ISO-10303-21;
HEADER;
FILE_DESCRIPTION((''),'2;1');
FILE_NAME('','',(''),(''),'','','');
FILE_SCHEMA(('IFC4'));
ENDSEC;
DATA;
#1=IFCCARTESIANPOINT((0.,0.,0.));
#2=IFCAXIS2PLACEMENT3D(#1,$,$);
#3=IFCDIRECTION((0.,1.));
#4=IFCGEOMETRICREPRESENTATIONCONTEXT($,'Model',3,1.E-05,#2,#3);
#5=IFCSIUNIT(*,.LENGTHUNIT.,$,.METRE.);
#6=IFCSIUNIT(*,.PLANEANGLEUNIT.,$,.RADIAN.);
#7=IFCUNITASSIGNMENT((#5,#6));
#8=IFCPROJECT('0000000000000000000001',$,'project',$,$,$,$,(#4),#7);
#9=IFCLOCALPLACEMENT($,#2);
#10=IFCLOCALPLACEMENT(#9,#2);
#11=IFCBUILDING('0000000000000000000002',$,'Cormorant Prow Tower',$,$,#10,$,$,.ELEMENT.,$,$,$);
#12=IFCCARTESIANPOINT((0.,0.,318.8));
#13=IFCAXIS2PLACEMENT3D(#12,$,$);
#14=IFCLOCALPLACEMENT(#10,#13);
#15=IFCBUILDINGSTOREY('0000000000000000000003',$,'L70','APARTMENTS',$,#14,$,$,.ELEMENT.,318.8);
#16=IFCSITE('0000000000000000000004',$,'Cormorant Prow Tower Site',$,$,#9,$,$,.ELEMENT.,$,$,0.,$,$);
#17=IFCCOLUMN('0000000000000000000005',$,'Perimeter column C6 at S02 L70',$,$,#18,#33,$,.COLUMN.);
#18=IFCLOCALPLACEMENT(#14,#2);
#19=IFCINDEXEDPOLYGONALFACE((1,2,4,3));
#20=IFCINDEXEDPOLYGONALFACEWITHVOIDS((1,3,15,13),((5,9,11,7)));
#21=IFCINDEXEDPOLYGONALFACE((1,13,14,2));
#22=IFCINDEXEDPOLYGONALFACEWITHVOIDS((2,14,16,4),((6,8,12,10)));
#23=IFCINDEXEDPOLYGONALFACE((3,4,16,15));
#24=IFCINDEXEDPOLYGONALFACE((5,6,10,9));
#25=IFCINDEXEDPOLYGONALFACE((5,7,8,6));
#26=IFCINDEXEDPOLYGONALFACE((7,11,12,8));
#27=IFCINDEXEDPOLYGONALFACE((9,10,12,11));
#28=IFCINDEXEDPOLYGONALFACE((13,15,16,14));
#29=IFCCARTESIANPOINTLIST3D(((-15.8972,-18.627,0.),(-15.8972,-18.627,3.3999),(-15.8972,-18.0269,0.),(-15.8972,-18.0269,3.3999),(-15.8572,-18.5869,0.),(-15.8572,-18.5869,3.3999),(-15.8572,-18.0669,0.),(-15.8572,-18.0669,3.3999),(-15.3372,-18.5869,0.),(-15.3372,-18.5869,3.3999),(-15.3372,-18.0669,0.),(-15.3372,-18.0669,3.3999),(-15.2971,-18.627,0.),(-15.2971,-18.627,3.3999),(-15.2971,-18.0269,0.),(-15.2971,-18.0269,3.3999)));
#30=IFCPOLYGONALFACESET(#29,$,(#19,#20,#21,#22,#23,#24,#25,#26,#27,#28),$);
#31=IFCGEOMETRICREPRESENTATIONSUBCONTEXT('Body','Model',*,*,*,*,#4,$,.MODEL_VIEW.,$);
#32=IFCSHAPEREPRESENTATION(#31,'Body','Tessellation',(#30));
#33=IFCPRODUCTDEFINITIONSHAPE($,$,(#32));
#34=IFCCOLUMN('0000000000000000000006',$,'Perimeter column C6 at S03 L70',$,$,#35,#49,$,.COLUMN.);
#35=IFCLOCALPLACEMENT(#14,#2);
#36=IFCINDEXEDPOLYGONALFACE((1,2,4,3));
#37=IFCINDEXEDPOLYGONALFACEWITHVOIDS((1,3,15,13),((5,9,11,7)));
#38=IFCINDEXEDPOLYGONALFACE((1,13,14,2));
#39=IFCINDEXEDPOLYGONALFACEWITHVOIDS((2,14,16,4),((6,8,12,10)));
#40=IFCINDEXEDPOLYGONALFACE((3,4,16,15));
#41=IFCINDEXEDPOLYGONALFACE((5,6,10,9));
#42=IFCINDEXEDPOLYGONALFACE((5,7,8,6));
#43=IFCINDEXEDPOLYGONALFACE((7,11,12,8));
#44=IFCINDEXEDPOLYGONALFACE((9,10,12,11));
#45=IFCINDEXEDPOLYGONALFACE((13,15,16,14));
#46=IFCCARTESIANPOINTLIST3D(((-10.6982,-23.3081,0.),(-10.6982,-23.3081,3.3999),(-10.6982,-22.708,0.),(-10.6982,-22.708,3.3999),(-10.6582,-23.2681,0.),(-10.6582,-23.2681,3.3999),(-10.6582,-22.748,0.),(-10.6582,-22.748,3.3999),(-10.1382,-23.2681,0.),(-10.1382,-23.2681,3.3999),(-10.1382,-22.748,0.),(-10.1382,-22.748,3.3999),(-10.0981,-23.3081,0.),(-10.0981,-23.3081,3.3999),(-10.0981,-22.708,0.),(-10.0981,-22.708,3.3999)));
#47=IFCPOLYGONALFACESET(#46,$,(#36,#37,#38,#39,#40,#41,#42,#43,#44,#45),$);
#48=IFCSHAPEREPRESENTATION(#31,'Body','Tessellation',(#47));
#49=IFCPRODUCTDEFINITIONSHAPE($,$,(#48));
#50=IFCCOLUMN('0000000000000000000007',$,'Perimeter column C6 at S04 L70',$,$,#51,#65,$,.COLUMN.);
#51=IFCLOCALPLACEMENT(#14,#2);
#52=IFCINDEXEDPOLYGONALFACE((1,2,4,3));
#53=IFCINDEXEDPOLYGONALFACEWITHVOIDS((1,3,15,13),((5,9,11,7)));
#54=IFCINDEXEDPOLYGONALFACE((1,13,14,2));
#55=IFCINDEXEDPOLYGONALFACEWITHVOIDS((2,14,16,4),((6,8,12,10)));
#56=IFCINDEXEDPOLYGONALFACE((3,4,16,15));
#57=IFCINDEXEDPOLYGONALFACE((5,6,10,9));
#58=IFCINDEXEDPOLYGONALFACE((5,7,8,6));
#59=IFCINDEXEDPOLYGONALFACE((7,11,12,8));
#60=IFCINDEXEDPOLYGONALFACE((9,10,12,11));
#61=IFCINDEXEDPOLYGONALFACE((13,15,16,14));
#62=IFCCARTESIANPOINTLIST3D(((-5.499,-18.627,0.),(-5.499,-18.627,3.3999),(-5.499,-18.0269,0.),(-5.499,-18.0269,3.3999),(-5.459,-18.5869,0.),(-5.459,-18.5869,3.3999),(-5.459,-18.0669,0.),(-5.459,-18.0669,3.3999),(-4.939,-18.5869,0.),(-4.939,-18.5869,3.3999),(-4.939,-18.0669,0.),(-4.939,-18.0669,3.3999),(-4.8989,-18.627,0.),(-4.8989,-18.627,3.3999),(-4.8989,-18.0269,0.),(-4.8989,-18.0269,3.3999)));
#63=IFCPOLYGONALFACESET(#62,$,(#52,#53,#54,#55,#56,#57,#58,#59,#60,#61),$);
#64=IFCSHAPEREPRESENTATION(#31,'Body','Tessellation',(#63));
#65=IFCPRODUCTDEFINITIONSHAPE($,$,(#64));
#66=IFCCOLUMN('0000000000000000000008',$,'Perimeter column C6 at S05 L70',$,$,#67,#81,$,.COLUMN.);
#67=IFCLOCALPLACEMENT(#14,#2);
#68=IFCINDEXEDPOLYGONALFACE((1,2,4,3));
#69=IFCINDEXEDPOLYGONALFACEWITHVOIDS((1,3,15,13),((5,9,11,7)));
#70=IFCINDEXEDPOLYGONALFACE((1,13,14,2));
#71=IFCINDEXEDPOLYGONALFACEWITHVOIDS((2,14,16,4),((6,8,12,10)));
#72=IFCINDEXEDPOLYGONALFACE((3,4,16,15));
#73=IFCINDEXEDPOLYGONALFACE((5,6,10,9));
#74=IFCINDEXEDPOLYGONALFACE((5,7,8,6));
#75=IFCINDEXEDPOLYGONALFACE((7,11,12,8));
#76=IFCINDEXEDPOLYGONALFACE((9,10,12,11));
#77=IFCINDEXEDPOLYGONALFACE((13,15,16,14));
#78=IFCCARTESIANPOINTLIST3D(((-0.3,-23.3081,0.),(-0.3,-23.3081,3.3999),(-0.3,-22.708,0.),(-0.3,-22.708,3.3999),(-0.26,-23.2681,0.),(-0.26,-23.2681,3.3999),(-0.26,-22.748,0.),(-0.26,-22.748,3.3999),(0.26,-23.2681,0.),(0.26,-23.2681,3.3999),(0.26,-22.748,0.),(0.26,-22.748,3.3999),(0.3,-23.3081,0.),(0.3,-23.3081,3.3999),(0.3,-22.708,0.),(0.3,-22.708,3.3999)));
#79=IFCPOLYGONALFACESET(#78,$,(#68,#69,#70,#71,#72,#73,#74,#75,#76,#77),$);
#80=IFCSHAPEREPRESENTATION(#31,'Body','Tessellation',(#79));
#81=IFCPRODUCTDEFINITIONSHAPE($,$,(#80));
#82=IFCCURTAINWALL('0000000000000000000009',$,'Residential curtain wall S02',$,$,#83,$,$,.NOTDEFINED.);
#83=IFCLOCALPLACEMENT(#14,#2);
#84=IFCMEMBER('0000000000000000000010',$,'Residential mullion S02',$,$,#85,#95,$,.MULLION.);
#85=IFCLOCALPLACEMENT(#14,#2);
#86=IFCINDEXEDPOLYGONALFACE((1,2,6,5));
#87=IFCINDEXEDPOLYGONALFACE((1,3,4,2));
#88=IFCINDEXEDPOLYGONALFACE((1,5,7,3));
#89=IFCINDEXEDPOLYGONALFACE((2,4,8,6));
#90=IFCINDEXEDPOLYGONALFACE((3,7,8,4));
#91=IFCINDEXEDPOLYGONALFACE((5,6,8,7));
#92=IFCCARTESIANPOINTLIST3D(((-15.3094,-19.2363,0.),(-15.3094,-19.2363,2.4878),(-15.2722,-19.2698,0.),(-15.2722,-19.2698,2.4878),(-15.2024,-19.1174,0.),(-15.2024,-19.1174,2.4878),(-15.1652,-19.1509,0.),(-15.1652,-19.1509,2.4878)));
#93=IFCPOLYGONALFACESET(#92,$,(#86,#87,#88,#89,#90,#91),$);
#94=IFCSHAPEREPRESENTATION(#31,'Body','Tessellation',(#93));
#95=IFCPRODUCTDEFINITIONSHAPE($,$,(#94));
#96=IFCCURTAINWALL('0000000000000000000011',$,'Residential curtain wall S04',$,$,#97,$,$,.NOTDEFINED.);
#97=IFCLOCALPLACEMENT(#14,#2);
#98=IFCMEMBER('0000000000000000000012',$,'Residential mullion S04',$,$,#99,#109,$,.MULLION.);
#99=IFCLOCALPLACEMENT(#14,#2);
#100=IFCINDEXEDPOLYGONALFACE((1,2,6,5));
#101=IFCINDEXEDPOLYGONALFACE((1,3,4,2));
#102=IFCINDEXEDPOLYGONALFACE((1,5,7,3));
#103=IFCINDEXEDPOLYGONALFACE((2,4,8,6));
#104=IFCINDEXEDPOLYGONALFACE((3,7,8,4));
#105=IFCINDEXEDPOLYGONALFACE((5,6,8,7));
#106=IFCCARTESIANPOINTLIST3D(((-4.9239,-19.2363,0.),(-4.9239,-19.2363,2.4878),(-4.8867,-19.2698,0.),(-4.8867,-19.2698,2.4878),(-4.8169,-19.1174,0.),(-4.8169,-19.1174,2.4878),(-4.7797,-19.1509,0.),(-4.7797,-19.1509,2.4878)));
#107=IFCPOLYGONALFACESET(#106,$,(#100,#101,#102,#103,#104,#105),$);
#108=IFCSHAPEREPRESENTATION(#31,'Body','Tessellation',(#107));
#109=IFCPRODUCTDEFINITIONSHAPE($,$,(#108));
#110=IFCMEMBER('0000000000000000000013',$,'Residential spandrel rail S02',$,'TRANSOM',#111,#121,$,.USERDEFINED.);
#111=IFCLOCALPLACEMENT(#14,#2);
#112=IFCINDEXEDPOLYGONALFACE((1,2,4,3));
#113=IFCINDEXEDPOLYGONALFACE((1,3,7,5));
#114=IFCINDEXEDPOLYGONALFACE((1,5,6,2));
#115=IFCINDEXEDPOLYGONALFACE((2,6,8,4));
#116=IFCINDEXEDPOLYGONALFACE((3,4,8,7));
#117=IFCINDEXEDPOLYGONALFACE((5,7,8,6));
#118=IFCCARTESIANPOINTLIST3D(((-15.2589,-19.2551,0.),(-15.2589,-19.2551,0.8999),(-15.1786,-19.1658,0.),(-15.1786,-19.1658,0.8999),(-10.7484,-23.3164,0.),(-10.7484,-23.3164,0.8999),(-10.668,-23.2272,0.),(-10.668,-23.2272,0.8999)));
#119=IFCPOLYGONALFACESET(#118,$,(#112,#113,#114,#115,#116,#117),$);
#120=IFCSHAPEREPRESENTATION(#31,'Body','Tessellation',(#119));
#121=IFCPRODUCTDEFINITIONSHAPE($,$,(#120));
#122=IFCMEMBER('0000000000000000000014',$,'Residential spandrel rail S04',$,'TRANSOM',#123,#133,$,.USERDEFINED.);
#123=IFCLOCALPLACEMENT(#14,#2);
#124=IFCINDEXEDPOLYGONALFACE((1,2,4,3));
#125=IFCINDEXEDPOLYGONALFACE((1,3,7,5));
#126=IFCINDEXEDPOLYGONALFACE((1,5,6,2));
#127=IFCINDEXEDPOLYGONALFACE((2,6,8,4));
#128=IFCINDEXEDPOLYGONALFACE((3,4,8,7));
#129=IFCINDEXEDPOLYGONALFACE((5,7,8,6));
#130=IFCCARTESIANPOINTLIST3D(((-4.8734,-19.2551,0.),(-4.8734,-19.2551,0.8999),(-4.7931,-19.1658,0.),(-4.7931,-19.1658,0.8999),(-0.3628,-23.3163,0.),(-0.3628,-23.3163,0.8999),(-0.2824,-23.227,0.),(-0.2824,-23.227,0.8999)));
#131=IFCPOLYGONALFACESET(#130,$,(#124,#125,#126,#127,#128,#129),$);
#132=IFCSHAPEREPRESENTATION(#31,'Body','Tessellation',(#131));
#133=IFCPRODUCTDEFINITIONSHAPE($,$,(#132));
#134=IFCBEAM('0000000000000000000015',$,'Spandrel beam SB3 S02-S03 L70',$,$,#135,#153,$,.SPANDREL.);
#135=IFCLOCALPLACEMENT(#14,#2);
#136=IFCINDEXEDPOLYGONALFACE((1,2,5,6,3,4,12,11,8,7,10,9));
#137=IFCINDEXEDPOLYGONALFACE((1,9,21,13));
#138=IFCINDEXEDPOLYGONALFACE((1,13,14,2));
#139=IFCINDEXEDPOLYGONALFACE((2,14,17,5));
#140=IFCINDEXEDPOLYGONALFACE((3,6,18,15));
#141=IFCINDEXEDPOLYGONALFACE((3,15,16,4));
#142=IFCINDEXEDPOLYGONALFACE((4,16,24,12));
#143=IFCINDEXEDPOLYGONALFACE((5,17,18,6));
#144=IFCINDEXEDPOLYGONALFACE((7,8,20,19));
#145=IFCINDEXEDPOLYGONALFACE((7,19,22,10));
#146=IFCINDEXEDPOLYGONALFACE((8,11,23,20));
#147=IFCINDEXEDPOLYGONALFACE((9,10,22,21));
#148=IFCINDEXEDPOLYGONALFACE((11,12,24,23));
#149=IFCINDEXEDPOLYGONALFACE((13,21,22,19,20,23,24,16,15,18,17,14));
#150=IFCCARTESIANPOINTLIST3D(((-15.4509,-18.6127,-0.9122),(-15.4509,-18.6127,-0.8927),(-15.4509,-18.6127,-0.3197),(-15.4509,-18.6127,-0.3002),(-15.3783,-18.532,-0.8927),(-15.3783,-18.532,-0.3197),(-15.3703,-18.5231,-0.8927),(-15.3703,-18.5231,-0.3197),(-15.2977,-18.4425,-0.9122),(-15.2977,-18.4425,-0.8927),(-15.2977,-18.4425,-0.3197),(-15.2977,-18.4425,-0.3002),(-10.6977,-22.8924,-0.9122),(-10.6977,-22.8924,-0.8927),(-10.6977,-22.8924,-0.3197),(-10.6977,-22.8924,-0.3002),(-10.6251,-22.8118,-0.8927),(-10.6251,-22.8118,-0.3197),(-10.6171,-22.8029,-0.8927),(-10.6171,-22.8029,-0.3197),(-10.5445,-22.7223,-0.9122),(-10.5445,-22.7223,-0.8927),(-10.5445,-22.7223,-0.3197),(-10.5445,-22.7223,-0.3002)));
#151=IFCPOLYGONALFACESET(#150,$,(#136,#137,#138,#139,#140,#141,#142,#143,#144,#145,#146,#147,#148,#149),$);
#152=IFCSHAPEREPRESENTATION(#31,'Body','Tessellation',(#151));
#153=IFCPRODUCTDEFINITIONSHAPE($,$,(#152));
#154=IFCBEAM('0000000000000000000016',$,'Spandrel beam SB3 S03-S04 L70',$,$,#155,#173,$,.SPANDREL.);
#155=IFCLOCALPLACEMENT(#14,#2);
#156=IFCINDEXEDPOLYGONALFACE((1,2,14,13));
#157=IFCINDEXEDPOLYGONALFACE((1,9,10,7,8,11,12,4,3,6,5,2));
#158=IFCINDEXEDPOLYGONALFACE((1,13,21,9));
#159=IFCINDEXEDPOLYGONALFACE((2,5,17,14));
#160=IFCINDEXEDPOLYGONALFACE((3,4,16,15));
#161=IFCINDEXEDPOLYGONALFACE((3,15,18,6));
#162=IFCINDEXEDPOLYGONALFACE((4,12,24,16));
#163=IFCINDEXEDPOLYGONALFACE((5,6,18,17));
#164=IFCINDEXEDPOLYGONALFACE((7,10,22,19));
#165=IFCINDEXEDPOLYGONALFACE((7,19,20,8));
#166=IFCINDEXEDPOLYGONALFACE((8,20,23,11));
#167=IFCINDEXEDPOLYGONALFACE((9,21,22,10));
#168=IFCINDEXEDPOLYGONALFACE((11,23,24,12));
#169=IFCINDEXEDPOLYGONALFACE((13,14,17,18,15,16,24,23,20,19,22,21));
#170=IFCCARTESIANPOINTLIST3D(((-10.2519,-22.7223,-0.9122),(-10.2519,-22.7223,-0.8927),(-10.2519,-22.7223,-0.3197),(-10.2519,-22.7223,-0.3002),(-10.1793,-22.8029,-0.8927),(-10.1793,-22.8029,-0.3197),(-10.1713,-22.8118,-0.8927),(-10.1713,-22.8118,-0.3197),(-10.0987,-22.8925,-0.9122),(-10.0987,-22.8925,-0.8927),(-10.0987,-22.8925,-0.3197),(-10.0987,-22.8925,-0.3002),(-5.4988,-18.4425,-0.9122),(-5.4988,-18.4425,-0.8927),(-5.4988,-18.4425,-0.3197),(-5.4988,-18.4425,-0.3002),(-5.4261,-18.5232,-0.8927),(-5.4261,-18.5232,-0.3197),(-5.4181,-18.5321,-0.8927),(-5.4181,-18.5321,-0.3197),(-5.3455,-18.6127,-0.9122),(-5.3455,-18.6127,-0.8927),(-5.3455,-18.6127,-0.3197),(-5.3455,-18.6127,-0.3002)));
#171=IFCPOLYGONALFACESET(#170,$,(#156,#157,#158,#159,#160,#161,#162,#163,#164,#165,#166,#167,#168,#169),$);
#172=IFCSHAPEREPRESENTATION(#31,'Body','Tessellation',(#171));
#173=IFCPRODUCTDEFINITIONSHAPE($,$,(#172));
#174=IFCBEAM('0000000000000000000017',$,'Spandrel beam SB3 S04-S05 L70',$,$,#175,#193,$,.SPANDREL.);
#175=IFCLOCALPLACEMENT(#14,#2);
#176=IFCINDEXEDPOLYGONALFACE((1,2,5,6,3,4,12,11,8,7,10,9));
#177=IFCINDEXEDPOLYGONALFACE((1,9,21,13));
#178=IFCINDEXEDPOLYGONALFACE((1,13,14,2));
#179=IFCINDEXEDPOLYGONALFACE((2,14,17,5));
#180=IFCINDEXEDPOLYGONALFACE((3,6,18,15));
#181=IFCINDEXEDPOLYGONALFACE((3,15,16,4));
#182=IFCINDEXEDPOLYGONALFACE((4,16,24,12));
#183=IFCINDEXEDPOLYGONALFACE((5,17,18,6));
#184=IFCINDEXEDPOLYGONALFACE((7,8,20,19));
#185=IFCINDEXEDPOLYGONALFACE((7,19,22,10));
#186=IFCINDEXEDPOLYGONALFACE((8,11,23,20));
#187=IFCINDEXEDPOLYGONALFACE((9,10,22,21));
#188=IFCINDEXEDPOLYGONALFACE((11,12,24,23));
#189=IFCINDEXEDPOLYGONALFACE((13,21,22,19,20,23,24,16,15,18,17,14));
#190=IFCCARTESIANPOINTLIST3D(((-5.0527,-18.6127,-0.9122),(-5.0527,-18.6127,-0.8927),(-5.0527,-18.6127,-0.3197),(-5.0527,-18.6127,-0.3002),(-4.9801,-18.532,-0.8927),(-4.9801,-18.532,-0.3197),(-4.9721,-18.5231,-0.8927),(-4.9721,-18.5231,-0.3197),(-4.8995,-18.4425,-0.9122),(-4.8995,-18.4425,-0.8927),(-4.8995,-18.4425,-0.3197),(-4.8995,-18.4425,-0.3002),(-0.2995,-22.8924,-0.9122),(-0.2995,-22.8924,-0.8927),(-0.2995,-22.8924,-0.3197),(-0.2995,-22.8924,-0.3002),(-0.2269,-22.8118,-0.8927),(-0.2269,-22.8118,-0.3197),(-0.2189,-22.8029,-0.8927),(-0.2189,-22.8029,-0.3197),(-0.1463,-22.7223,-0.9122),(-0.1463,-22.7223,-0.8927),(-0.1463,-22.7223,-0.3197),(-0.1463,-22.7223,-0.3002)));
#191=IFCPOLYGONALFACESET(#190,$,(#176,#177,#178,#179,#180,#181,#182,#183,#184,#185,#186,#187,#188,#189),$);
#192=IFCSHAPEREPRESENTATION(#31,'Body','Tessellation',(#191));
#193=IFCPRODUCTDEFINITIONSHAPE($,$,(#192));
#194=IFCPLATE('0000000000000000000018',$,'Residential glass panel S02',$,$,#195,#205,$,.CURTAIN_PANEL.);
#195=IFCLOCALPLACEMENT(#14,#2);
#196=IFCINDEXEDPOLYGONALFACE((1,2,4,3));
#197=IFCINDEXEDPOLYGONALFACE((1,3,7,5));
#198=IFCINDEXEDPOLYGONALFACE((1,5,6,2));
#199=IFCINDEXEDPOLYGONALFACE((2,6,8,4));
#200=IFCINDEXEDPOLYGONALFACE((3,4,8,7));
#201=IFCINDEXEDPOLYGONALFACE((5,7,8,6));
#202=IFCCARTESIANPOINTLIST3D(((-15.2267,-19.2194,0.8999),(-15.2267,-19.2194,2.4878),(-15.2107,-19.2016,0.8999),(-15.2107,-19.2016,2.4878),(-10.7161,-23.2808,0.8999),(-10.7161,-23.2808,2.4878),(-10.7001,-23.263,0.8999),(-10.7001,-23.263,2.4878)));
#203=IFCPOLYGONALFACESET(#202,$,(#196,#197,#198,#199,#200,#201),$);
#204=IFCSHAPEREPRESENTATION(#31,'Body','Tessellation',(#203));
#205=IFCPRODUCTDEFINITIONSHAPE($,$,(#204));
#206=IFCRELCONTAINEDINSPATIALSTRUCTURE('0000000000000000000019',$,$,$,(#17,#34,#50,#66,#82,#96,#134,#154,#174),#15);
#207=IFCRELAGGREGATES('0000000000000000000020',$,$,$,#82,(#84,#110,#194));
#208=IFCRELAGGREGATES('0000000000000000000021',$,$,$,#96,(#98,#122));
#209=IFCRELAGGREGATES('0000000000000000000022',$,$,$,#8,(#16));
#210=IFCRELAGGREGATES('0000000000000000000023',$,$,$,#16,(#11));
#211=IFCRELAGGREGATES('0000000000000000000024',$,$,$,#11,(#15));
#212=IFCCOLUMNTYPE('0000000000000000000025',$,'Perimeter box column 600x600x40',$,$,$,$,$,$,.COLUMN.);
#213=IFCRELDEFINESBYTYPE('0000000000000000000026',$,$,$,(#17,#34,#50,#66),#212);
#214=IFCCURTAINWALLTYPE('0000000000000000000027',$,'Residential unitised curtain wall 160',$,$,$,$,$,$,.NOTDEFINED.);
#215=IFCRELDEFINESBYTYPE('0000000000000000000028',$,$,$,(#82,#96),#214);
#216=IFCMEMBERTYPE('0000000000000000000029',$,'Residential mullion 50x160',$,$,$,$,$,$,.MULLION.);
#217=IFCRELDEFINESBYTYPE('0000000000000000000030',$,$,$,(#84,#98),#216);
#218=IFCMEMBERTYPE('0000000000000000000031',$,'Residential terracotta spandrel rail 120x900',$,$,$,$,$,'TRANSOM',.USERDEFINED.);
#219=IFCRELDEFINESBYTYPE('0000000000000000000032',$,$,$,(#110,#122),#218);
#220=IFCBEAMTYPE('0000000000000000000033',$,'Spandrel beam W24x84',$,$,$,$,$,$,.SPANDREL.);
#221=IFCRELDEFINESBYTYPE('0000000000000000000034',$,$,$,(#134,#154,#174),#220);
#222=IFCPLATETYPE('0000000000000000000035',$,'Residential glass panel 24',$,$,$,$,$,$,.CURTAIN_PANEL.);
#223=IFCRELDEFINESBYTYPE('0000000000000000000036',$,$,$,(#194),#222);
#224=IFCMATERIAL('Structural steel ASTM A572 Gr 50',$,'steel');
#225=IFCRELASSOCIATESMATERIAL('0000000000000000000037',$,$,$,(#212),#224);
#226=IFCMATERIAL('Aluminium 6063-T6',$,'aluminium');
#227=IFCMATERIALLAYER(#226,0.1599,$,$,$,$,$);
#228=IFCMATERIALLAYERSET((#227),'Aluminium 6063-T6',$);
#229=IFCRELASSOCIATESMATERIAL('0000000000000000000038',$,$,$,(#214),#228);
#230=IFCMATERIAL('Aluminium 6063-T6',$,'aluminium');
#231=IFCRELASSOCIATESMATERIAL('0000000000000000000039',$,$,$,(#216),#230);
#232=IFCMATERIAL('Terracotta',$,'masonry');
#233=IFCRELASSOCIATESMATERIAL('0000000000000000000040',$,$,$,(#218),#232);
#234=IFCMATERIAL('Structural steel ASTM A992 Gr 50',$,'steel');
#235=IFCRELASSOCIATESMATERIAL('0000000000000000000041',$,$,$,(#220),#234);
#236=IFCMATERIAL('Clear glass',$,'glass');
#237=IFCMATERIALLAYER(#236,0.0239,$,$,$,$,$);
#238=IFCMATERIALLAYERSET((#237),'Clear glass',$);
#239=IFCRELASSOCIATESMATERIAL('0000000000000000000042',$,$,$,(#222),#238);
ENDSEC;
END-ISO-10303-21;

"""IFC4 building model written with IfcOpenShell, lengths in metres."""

from ifc_helpers import new_model, si_unit, direction, frame, origin, origin_2d, place, context, subcontext, project, spatial, rectangle, hollow_rectangle, i_section, extrude, material, layer, layer_set, material_profile, profile_set, type_object, element, aggregate, save


model = new_model("IFC4")

# Units and contexts
model_context = context("Model", 3, precision=1e-05, world=origin(), true_north=direction((0.0, 1.0)))
body_context = subcontext(model_context, "Body", "Model", "MODEL_VIEW")
ifc_project = project(units=[si_unit("LENGTHUNIT", "METRE"), si_unit("PLANEANGLEUNIT", "RADIAN")], contexts=[model_context])

# Site, building, storey
site_placement = place(None, origin())
site = spatial("IfcSite", under=ifc_project, at=site_placement, Name="Cormorant Prow Tower Site", CompositionType="ELEMENT", RefElevation=0.0)
building_placement = place(site_placement, origin())
building = spatial("IfcBuilding", under=site, at=building_placement, Name="Cormorant Prow Tower", CompositionType="ELEMENT")
storey_placement = place(building_placement, frame((0.0, 0.0, 318.8)))
storey = spatial("IfcBuildingStorey", under=building, at=storey_placement, Name="L70", Description="APARTMENTS", CompositionType="ELEMENT", Elevation=318.8)

# Columns
ifc_material_1 = material(Name="Structural steel ASTM A572 Gr 50", Category="steel")
ifc_material_profile_1 = material_profile(ifc_material_1, hollow_rectangle(XDim=0.6001, YDim=0.6001, WallThickness=0.04, at=origin_2d()), Name="Box 600x600x40")
ifc_profile_set_1 = profile_set([ifc_material_profile_1], Name="Structural steel ASTM A572 Gr 50")
column_type = type_object("IfcColumnType", Name="Perimeter box column 600x600x40", PredefinedType="COLUMN", material=ifc_profile_set_1)
for number, where, z_axis, x_axis, name in (
    (1, (-15.5972, -18.3269, 0.0), (0.0, 0.0, 1.0), (1.0, 0.0, 0.0), "Perimeter column C6 at S02 L70"),
    (2, (-10.3982, -23.0081, 0.0), (0.0, 0.0, 1.0), (1.0, 0.0, 0.0), "Perimeter column C6 at S03 L70"),
    (3, (-5.199, -18.3269, 0.0), (0.0, 0.0, 1.0), (1.0, 0.0, 0.0), "Perimeter column C6 at S04 L70"),
    (4, (0.0, -23.0081, 0.0), (0.0, 0.0, 1.0), (1.0, 0.0, 0.0), "Perimeter column C6 at S05 L70"),
):
    element("IfcColumn", number, at=place(storey_placement, frame(where, z_axis=z_axis, x_axis=x_axis)), inside=storey, type_object=column_type, Name=name, PredefinedType="COLUMN", context=body_context, shape_type="SweptSolid", body=[
        extrude(hollow_rectangle(XDim=0.6001, YDim=0.6001, WallThickness=0.04, at=origin_2d()), origin(), (0.0, 0.0, 1.0), 3.3999),
    ])

# Curtain walls, members
ifc_material_2 = material(Name="Aluminium 6063-T6", Category="aluminium")
ifc_layer_1 = layer(ifc_material_2, 0.1599)
ifc_layer_set_1 = layer_set([ifc_layer_1], Name="Aluminium 6063-T6")
curtain_wall_type = type_object("IfcCurtainWallType", Name="Residential unitised curtain wall 160", PredefinedType="NOTDEFINED", material=ifc_layer_set_1)
curtain_wall_1_placement = place(storey_placement, origin())
curtain_wall_1 = element("IfcCurtainWall", 5, at=curtain_wall_1_placement, inside=storey, type_object=curtain_wall_type, Name="Residential curtain wall S02", PredefinedType="NOTDEFINED")
ifc_material_3 = material(Name="Aluminium 6063-T6", Category="aluminium")
ifc_material_profile_2 = material_profile(ifc_material_3, rectangle(XDim=0.1599, YDim=0.05, at=origin_2d()), Name="Residential mullion 50x160")
ifc_profile_set_2 = profile_set([ifc_material_profile_2], Name="Aluminium 6063-T6")
member_type_1 = type_object("IfcMemberType", Name="Residential mullion 50x160", PredefinedType="MULLION", material=ifc_profile_set_2)
member_1_placement = place(storey_placement, frame((-15.2373, -19.1936, 0.0), z_axis=(0.0, 0.0, 1.0), x_axis=(0.669131, 0.743145, 0.0)))
member_1 = element("IfcMember", 6, at=member_1_placement, type_object=member_type_1, Name="Residential mullion S02", PredefinedType="MULLION", context=body_context, shape_type="SweptSolid", body=[
    extrude(rectangle(XDim=0.1599, YDim=0.05, at=origin_2d()), origin(), (0.0, 0.0, 1.0), 2.4878),
])
curtain_wall_2_placement = place(storey_placement, origin())
curtain_wall_2 = element("IfcCurtainWall", 7, at=curtain_wall_2_placement, inside=storey, type_object=curtain_wall_type, Name="Residential curtain wall S04", PredefinedType="NOTDEFINED")
member_2_placement = place(storey_placement, frame((-4.8518, -19.1936, 0.0), z_axis=(0.0, 0.0, 1.0), x_axis=(0.669131, 0.743145, 0.0)))
member_2 = element("IfcMember", 8, at=member_2_placement, type_object=member_type_1, Name="Residential mullion S04", PredefinedType="MULLION", context=body_context, shape_type="SweptSolid", body=[
    extrude(rectangle(XDim=0.1599, YDim=0.05, at=origin_2d()), origin(), (0.0, 0.0, 1.0), 2.4878),
])

# Members
ifc_material_4 = material(Name="Terracotta", Category="masonry")
ifc_material_profile_3 = material_profile(ifc_material_4, rectangle(XDim=0.1201, YDim=0.8999, at=origin_2d()), Name="Residential terracotta spandrel rail 120x900")
ifc_profile_set_3 = profile_set([ifc_material_profile_3], Name="Terracotta")
member_type_2 = type_object("IfcMemberType", Name="Residential terracotta spandrel rail 120x900", ElementType="TRANSOM", PredefinedType="USERDEFINED", material=ifc_profile_set_3)
member_3_placement = place(storey_placement, frame((-15.2188, -19.2104, 0.45), z_axis=(0.743144, -0.669131, 0.0), x_axis=(0.669131, 0.743144, 0.0)))
member_3 = element("IfcMember", 9, at=member_3_placement, type_object=member_type_2, Name="Residential spandrel rail S02", ObjectType="TRANSOM", PredefinedType="USERDEFINED", context=body_context, shape_type="SweptSolid", body=[
    extrude(rectangle(XDim=0.1201, YDim=0.8999, at=origin_2d()), origin(), (0.0, 0.0, 1.0), 6.0696),
])
member_4_placement = place(storey_placement, frame((-4.8333, -19.2104, 0.45), z_axis=(0.743162, -0.669111, 0.0), x_axis=(0.669111, 0.743162, 0.0)))
member_4 = element("IfcMember", 10, at=member_4_placement, type_object=member_type_2, Name="Residential spandrel rail S04", ObjectType="TRANSOM", PredefinedType="USERDEFINED", context=body_context, shape_type="SweptSolid", body=[
    extrude(rectangle(XDim=0.1201, YDim=0.8999, at=origin_2d()), origin(), (0.0, 0.0, 1.0), 6.0696),
])

# Beams
ifc_material_5 = material(Name="Structural steel ASTM A992 Gr 50", Category="steel")
ifc_material_profile_4 = material_profile(ifc_material_5, i_section(OverallWidth=0.229, OverallDepth=0.6121, WebThickness=0.012, FlangeThickness=0.0195, at=origin_2d()), Name="W24x84")
ifc_profile_set_4 = profile_set([ifc_material_profile_4], Name="Structural steel ASTM A992 Gr 50")
beam_type = type_object("IfcBeamType", Name="Spandrel beam W24x84", PredefinedType="SPANDREL", material=ifc_profile_set_4)
for number, where, z_axis, x_axis, name in (
    (11, (-15.3743, -18.5276, -0.6062), (0.743144, -0.669131, 0.0), (0.669131, 0.743144, 0.0), "Spandrel beam SB3 S02-S03 L70"),
    (12, (-10.1753, -22.8074, -0.6062), (0.743144, 0.669131, 0.0), (-0.669131, 0.743144, 0.0), "Spandrel beam SB3 S03-S04 L70"),
    (13, (-4.9761, -18.5276, -0.6062), (0.743144, -0.669131, 0.0), (0.669131, 0.743144, 0.0), "Spandrel beam SB3 S04-S05 L70"),
):
    element("IfcBeam", number, at=place(storey_placement, frame(where, z_axis=z_axis, x_axis=x_axis)), inside=storey, type_object=beam_type, Name=name, PredefinedType="SPANDREL", context=body_context, shape_type="SweptSolid", body=[
        extrude(i_section(OverallWidth=0.229, OverallDepth=0.6121, WebThickness=0.012, FlangeThickness=0.0195, at=origin_2d()), origin(), (0.0, 0.0, 1.0), 6.396),
    ])

# Plate
ifc_material_6 = material(Name="Clear glass", Category="glass")
ifc_layer_2 = layer(ifc_material_6, 0.0239)
ifc_layer_set_2 = layer_set([ifc_layer_2], Name="Clear glass")
plate_type = type_object("IfcPlateType", Name="Residential glass panel 24", PredefinedType="CURTAIN_PANEL", material=ifc_layer_set_2)
plate_1_placement = place(storey_placement, frame((-12.9634, -21.2412, 0.8999), z_axis=(0.0, 0.0, 1.0), x_axis=(0.743145, -0.669131, 0.0)))
plate_1 = element("IfcPlate", 14, at=plate_1_placement, type_object=plate_type, Name="Residential glass panel S02", PredefinedType="CURTAIN_PANEL", context=body_context, shape_type="SweptSolid", body=[
    extrude(rectangle(XDim=6.0696, YDim=0.0239, at=origin_2d()), origin(), (0.0, 0.0, 1.0), 1.5879),
])
aggregate(curtain_wall_1, [member_1, member_3, plate_1])
aggregate(curtain_wall_2, [member_2, member_4])

save(model, "model.ifc")
